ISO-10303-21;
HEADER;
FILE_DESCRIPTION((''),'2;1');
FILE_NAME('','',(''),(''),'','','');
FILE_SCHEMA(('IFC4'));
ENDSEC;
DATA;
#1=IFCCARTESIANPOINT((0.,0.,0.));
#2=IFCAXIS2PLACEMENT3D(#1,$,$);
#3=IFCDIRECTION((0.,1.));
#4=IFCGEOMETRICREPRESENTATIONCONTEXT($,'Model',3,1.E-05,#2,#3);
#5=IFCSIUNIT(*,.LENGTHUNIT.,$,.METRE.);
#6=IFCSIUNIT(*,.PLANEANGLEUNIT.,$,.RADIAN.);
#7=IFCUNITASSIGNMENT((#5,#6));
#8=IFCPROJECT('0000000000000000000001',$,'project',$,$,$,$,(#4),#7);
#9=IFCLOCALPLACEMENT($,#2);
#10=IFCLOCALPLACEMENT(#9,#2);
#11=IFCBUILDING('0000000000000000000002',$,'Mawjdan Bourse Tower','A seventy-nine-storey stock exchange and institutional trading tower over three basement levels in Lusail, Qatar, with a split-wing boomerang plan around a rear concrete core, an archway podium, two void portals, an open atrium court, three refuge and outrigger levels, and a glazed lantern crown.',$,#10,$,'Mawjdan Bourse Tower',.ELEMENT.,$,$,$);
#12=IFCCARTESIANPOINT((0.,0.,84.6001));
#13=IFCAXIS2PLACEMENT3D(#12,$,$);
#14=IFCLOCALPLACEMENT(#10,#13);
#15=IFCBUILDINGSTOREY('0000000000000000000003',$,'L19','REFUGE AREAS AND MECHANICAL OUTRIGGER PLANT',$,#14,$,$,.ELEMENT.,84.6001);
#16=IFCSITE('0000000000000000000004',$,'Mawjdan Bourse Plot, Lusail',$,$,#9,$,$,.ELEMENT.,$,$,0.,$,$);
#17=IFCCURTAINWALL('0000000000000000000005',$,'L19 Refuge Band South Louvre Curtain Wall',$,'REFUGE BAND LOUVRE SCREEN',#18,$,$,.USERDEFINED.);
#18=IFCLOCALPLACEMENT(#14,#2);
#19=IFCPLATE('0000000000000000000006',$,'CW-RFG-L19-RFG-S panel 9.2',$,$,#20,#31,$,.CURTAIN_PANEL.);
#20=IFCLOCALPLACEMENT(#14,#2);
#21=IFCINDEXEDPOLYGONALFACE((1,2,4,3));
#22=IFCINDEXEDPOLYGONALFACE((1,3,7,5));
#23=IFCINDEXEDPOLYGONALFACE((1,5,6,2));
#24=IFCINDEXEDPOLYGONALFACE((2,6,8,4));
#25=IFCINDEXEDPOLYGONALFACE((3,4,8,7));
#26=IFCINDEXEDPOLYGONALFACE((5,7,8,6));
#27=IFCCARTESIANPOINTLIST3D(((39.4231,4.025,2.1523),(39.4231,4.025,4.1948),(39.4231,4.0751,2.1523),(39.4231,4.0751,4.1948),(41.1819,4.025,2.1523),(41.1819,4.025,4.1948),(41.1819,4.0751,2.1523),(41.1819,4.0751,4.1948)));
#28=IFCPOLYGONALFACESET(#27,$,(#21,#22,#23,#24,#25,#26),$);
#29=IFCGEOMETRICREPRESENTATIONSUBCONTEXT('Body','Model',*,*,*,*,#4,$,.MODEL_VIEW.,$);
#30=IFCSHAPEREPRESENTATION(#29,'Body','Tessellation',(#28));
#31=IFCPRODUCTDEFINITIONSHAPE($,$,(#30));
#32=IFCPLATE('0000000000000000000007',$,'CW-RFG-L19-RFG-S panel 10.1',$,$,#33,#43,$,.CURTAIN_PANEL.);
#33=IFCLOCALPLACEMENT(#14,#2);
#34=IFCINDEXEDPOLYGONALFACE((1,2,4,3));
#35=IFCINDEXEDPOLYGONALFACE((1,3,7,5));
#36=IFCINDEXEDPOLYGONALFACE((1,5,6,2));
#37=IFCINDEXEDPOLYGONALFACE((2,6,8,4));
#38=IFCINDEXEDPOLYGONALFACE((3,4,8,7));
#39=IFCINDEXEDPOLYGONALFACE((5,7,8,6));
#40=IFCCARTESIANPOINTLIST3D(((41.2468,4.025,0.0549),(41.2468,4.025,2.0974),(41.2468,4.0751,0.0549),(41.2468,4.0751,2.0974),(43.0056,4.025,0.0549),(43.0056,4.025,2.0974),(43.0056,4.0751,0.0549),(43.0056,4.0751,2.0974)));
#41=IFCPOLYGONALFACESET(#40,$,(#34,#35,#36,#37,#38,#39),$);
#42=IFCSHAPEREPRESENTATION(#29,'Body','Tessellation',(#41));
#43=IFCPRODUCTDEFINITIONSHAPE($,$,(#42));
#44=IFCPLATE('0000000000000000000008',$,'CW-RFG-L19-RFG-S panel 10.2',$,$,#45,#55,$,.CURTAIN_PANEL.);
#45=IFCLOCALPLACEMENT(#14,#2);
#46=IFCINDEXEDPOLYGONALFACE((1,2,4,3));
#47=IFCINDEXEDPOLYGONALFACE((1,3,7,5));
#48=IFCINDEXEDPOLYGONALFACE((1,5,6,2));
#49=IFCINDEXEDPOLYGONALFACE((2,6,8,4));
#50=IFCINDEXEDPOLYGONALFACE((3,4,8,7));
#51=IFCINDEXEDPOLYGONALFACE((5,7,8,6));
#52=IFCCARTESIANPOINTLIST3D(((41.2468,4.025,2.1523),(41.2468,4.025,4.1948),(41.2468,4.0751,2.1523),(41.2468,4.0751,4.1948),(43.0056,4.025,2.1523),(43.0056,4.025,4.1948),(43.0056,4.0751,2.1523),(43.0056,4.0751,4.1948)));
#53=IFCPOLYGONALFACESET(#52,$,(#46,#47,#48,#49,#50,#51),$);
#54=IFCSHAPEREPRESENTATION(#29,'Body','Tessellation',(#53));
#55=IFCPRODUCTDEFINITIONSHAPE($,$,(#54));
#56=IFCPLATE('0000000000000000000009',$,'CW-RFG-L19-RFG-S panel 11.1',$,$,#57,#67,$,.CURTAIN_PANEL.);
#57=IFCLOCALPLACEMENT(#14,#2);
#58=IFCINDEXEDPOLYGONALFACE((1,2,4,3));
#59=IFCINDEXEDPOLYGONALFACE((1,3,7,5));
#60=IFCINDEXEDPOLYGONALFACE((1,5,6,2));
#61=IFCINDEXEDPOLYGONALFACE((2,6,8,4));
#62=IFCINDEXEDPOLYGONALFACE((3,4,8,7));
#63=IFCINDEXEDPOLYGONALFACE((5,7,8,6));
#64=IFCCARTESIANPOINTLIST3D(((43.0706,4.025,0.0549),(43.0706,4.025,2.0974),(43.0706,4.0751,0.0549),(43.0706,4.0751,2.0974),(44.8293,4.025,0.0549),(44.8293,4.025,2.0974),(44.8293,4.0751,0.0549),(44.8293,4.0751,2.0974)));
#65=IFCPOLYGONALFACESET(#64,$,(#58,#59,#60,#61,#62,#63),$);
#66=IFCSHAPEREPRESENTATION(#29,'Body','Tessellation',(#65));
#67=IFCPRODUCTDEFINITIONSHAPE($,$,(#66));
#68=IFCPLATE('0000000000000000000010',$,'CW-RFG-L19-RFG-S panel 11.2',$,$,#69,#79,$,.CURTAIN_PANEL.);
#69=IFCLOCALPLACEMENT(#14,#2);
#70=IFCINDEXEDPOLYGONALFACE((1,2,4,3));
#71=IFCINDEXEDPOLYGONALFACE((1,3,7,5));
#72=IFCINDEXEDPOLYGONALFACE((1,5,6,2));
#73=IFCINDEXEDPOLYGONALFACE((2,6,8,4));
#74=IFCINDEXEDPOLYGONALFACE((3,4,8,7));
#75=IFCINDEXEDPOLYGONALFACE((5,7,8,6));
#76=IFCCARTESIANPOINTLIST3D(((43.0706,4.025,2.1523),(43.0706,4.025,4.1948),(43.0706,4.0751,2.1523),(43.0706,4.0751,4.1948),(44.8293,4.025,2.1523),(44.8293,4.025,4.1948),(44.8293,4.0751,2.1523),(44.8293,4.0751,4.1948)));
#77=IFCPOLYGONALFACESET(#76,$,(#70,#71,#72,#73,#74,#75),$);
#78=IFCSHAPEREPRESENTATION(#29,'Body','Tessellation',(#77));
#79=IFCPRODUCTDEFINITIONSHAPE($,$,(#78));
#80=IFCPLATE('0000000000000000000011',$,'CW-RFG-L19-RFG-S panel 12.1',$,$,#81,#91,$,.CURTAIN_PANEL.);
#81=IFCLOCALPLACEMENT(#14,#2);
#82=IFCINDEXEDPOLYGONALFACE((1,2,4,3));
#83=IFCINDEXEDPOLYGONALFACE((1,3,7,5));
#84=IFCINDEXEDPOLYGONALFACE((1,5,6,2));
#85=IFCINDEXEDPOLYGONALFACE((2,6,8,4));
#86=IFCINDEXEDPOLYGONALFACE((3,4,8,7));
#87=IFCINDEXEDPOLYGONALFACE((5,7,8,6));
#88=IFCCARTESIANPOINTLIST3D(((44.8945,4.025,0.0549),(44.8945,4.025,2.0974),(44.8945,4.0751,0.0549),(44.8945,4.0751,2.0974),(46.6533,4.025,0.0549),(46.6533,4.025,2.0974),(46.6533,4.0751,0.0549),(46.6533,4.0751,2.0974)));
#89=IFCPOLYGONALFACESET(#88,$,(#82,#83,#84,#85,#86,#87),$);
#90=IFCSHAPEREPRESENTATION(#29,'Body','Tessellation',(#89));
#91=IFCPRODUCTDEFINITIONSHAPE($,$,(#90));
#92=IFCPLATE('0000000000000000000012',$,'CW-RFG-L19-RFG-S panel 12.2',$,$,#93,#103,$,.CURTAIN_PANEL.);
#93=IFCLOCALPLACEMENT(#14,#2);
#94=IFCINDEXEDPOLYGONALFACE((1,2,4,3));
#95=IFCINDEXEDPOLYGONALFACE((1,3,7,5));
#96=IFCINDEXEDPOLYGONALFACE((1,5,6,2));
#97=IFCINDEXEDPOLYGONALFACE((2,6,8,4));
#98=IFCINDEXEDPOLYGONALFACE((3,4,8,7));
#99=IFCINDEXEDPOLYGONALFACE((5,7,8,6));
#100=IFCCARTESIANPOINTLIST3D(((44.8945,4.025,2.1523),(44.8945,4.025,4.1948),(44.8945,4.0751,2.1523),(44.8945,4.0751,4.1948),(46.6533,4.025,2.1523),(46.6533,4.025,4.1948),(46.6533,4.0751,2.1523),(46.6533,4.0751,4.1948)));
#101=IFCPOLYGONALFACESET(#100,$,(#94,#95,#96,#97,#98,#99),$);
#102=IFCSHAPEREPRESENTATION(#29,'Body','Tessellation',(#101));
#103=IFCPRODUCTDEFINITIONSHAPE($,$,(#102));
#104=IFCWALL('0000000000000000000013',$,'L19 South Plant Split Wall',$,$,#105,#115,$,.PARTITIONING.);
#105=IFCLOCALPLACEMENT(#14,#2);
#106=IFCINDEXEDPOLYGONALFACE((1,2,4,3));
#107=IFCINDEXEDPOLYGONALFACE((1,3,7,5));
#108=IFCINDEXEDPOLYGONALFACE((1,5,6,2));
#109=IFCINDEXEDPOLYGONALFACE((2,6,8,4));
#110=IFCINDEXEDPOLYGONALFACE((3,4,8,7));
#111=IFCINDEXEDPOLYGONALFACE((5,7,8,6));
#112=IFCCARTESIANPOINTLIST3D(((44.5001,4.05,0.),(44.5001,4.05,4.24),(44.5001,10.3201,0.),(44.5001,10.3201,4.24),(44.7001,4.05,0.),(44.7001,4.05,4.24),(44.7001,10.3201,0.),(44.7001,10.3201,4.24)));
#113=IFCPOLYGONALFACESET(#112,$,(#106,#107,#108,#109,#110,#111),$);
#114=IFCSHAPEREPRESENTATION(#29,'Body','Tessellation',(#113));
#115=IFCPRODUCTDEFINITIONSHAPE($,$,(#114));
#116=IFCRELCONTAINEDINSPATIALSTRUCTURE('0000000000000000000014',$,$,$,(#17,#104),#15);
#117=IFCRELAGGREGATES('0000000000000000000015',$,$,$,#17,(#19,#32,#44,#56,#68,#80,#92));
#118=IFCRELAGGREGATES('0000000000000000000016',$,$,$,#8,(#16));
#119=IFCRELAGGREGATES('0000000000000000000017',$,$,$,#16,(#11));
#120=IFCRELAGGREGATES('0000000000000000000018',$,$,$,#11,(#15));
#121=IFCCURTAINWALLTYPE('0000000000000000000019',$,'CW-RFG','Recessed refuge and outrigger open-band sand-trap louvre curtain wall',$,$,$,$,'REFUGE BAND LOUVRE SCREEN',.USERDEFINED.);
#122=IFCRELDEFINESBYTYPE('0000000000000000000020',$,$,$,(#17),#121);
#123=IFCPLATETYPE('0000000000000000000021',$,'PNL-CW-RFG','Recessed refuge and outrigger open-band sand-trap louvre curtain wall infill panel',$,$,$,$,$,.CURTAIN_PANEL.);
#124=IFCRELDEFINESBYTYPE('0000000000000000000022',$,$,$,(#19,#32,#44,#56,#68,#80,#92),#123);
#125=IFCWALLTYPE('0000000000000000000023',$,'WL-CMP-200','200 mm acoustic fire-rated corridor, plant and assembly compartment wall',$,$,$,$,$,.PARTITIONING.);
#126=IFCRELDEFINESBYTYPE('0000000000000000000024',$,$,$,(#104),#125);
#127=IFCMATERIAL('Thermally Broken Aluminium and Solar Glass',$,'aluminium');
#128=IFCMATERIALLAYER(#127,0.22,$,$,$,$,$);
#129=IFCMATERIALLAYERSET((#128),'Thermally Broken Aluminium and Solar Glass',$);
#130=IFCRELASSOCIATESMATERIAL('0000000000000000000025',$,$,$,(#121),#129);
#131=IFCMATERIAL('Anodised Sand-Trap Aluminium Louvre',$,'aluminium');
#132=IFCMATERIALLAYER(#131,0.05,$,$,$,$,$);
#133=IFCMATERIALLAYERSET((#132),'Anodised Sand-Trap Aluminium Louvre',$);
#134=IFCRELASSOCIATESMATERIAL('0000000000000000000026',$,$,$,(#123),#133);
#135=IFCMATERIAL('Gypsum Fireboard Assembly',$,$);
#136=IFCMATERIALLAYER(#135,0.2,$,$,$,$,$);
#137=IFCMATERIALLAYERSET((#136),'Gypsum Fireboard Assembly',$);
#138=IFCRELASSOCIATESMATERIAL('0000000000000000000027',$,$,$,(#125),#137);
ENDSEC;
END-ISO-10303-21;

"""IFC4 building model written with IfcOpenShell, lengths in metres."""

from ifc_helpers import new_model, si_unit, direction, frame, frame_2d, origin, origin_2d, place, context, subcontext, project, spatial, rectangle, extrude, material, layer, layer_set, type_object, element, aggregate, save


model = new_model("IFC4")

# Units and contexts
model_context = context("Model", 3, precision=1e-05, world=origin(), true_north=direction((0.0, 1.0)))
body_context = subcontext(model_context, "Body", "Model", "MODEL_VIEW")
ifc_project = project(units=[si_unit("LENGTHUNIT", "METRE"), si_unit("PLANEANGLEUNIT", "RADIAN")], contexts=[model_context])

# Site, building, storey
site_placement = place(None, origin())
site = spatial("IfcSite", under=ifc_project, at=site_placement, Name="Mawjdan Bourse Plot, Lusail", CompositionType="ELEMENT", RefElevation=0.0)
building_placement = place(site_placement, origin())
building = spatial("IfcBuilding", under=site, at=building_placement, Name="Mawjdan Bourse Tower", Description="A seventy-nine-storey stock exchange and institutional trading tower over three basement levels in Lusail, Qatar, with a split-wing boomerang plan around a rear concrete core, an archway podium, two void portals, an open atrium court, three refuge and outrigger levels, and a glazed lantern crown.", LongName="Mawjdan Bourse Tower", CompositionType="ELEMENT")
storey_placement = place(building_placement, frame((0.0, 0.0, 84.6001)))
storey = spatial("IfcBuildingStorey", under=building, at=storey_placement, Name="L19", Description="REFUGE AREAS AND MECHANICAL OUTRIGGER PLANT", CompositionType="ELEMENT", Elevation=84.6001)

# Curtain wall
ifc_material_1 = material(Name="Thermally Broken Aluminium and Solar Glass", Category="aluminium")
ifc_layer_1 = layer(ifc_material_1, 0.22)
ifc_layer_set_1 = layer_set([ifc_layer_1], Name="Thermally Broken Aluminium and Solar Glass")
curtain_wall_type = type_object("IfcCurtainWallType", Name="CW-RFG", Description="Recessed refuge and outrigger open-band sand-trap louvre curtain wall", ElementType="REFUGE BAND LOUVRE SCREEN", PredefinedType="USERDEFINED", material=ifc_layer_set_1)
curtain_wall_placement = place(storey_placement, origin())
curtain_wall = element("IfcCurtainWall", 1, at=curtain_wall_placement, inside=storey, type_object=curtain_wall_type, Name="L19 Refuge Band South Louvre Curtain Wall", ObjectType="REFUGE BAND LOUVRE SCREEN", PredefinedType="USERDEFINED")

# Plates
ifc_material_2 = material(Name="Anodised Sand-Trap Aluminium Louvre", Category="aluminium")
ifc_layer_2 = layer(ifc_material_2, 0.05)
ifc_layer_set_2 = layer_set([ifc_layer_2], Name="Anodised Sand-Trap Aluminium Louvre")
plate_type = type_object("IfcPlateType", Name="PNL-CW-RFG", Description="Recessed refuge and outrigger open-band sand-trap louvre curtain wall infill panel", PredefinedType="CURTAIN_PANEL", material=ifc_layer_set_2)
plate_1_placement = place(storey_placement, frame((40.3025, 4.05, 2.1523), z_axis=(0.0, 0.0, 1.0), x_axis=(1.0, 0.0, 0.0)))
plate_1 = element("IfcPlate", 2, at=plate_1_placement, type_object=plate_type, Name="CW-RFG-L19-RFG-S panel 9.2", PredefinedType="CURTAIN_PANEL", context=body_context, shape_type="SweptSolid", body=[
    extrude(rectangle(XDim=1.7588, YDim=0.05, at=origin_2d()), origin(), (0.0, 0.0, 1.0), 2.0425),
])
plate_2_placement = place(storey_placement, frame((42.1262, 4.05, 0.0549), z_axis=(0.0, 0.0, 1.0), x_axis=(1.0, 0.0, 0.0)))
plate_2 = element("IfcPlate", 3, at=plate_2_placement, type_object=plate_type, Name="CW-RFG-L19-RFG-S panel 10.1", PredefinedType="CURTAIN_PANEL", context=body_context, shape_type="SweptSolid", body=[
    extrude(rectangle(XDim=1.7588, YDim=0.05, at=origin_2d()), origin(), (0.0, 0.0, 1.0), 2.0425),
])
plate_3_placement = place(storey_placement, frame((42.1262, 4.05, 2.1523), z_axis=(0.0, 0.0, 1.0), x_axis=(1.0, 0.0, 0.0)))
plate_3 = element("IfcPlate", 4, at=plate_3_placement, type_object=plate_type, Name="CW-RFG-L19-RFG-S panel 10.2", PredefinedType="CURTAIN_PANEL", context=body_context, shape_type="SweptSolid", body=[
    extrude(rectangle(XDim=1.7588, YDim=0.05, at=origin_2d()), origin(), (0.0, 0.0, 1.0), 2.0425),
])
plate_4_placement = place(storey_placement, frame((43.95, 4.05, 0.0549), z_axis=(0.0, 0.0, 1.0), x_axis=(1.0, 0.0, 0.0)))
plate_4 = element("IfcPlate", 5, at=plate_4_placement, type_object=plate_type, Name="CW-RFG-L19-RFG-S panel 11.1", PredefinedType="CURTAIN_PANEL", context=body_context, shape_type="SweptSolid", body=[
    extrude(rectangle(XDim=1.7588, YDim=0.05, at=origin_2d()), origin(), (0.0, 0.0, 1.0), 2.0425),
])
plate_5_placement = place(storey_placement, frame((43.95, 4.05, 2.1523), z_axis=(0.0, 0.0, 1.0), x_axis=(1.0, 0.0, 0.0)))
plate_5 = element("IfcPlate", 6, at=plate_5_placement, type_object=plate_type, Name="CW-RFG-L19-RFG-S panel 11.2", PredefinedType="CURTAIN_PANEL", context=body_context, shape_type="SweptSolid", body=[
    extrude(rectangle(XDim=1.7588, YDim=0.05, at=origin_2d()), origin(), (0.0, 0.0, 1.0), 2.0425),
])
plate_6_placement = place(storey_placement, frame((45.7739, 4.05, 0.0549), z_axis=(0.0, 0.0, 1.0), x_axis=(1.0, 0.0, 0.0)))
plate_6 = element("IfcPlate", 7, at=plate_6_placement, type_object=plate_type, Name="CW-RFG-L19-RFG-S panel 12.1", PredefinedType="CURTAIN_PANEL", context=body_context, shape_type="SweptSolid", body=[
    extrude(rectangle(XDim=1.7588, YDim=0.05, at=origin_2d()), origin(), (0.0, 0.0, 1.0), 2.0425),
])
plate_7_placement = place(storey_placement, frame((45.7739, 4.05, 2.1523), z_axis=(0.0, 0.0, 1.0), x_axis=(1.0, 0.0, 0.0)))
plate_7 = element("IfcPlate", 8, at=plate_7_placement, type_object=plate_type, Name="CW-RFG-L19-RFG-S panel 12.2", PredefinedType="CURTAIN_PANEL", context=body_context, shape_type="SweptSolid", body=[
    extrude(rectangle(XDim=1.7588, YDim=0.05, at=origin_2d()), origin(), (0.0, 0.0, 1.0), 2.0425),
])
aggregate(curtain_wall, [plate_1, plate_2, plate_3, plate_4, plate_5, plate_6, plate_7])

# Wall
ifc_material_3 = material(Name="Gypsum Fireboard Assembly")
ifc_layer_3 = layer(ifc_material_3, 0.2)
ifc_layer_set_3 = layer_set([ifc_layer_3], Name="Gypsum Fireboard Assembly")
wall_type = type_object("IfcWallType", Name="WL-CMP-200", Description="200 mm acoustic fire-rated corridor, plant and assembly compartment wall", PredefinedType="PARTITIONING", material=ifc_layer_set_3)
wall_placement = place(storey_placement, frame((44.6001, 4.05, 0.0), z_axis=(0.0, 0.0, 1.0), x_axis=(0.0, 1.0, 0.0)))
element("IfcWall", 9, at=wall_placement, inside=storey, type_object=wall_type, Name="L19 South Plant Split Wall", PredefinedType="PARTITIONING", context=body_context, shape_type="SweptSolid", body=[
    extrude(rectangle(XDim=6.27, YDim=0.2, at=frame_2d((3.135, 0.0))), origin(), (0.0, 0.0, 1.0), 4.24),
])

save(model, "model.ifc")
